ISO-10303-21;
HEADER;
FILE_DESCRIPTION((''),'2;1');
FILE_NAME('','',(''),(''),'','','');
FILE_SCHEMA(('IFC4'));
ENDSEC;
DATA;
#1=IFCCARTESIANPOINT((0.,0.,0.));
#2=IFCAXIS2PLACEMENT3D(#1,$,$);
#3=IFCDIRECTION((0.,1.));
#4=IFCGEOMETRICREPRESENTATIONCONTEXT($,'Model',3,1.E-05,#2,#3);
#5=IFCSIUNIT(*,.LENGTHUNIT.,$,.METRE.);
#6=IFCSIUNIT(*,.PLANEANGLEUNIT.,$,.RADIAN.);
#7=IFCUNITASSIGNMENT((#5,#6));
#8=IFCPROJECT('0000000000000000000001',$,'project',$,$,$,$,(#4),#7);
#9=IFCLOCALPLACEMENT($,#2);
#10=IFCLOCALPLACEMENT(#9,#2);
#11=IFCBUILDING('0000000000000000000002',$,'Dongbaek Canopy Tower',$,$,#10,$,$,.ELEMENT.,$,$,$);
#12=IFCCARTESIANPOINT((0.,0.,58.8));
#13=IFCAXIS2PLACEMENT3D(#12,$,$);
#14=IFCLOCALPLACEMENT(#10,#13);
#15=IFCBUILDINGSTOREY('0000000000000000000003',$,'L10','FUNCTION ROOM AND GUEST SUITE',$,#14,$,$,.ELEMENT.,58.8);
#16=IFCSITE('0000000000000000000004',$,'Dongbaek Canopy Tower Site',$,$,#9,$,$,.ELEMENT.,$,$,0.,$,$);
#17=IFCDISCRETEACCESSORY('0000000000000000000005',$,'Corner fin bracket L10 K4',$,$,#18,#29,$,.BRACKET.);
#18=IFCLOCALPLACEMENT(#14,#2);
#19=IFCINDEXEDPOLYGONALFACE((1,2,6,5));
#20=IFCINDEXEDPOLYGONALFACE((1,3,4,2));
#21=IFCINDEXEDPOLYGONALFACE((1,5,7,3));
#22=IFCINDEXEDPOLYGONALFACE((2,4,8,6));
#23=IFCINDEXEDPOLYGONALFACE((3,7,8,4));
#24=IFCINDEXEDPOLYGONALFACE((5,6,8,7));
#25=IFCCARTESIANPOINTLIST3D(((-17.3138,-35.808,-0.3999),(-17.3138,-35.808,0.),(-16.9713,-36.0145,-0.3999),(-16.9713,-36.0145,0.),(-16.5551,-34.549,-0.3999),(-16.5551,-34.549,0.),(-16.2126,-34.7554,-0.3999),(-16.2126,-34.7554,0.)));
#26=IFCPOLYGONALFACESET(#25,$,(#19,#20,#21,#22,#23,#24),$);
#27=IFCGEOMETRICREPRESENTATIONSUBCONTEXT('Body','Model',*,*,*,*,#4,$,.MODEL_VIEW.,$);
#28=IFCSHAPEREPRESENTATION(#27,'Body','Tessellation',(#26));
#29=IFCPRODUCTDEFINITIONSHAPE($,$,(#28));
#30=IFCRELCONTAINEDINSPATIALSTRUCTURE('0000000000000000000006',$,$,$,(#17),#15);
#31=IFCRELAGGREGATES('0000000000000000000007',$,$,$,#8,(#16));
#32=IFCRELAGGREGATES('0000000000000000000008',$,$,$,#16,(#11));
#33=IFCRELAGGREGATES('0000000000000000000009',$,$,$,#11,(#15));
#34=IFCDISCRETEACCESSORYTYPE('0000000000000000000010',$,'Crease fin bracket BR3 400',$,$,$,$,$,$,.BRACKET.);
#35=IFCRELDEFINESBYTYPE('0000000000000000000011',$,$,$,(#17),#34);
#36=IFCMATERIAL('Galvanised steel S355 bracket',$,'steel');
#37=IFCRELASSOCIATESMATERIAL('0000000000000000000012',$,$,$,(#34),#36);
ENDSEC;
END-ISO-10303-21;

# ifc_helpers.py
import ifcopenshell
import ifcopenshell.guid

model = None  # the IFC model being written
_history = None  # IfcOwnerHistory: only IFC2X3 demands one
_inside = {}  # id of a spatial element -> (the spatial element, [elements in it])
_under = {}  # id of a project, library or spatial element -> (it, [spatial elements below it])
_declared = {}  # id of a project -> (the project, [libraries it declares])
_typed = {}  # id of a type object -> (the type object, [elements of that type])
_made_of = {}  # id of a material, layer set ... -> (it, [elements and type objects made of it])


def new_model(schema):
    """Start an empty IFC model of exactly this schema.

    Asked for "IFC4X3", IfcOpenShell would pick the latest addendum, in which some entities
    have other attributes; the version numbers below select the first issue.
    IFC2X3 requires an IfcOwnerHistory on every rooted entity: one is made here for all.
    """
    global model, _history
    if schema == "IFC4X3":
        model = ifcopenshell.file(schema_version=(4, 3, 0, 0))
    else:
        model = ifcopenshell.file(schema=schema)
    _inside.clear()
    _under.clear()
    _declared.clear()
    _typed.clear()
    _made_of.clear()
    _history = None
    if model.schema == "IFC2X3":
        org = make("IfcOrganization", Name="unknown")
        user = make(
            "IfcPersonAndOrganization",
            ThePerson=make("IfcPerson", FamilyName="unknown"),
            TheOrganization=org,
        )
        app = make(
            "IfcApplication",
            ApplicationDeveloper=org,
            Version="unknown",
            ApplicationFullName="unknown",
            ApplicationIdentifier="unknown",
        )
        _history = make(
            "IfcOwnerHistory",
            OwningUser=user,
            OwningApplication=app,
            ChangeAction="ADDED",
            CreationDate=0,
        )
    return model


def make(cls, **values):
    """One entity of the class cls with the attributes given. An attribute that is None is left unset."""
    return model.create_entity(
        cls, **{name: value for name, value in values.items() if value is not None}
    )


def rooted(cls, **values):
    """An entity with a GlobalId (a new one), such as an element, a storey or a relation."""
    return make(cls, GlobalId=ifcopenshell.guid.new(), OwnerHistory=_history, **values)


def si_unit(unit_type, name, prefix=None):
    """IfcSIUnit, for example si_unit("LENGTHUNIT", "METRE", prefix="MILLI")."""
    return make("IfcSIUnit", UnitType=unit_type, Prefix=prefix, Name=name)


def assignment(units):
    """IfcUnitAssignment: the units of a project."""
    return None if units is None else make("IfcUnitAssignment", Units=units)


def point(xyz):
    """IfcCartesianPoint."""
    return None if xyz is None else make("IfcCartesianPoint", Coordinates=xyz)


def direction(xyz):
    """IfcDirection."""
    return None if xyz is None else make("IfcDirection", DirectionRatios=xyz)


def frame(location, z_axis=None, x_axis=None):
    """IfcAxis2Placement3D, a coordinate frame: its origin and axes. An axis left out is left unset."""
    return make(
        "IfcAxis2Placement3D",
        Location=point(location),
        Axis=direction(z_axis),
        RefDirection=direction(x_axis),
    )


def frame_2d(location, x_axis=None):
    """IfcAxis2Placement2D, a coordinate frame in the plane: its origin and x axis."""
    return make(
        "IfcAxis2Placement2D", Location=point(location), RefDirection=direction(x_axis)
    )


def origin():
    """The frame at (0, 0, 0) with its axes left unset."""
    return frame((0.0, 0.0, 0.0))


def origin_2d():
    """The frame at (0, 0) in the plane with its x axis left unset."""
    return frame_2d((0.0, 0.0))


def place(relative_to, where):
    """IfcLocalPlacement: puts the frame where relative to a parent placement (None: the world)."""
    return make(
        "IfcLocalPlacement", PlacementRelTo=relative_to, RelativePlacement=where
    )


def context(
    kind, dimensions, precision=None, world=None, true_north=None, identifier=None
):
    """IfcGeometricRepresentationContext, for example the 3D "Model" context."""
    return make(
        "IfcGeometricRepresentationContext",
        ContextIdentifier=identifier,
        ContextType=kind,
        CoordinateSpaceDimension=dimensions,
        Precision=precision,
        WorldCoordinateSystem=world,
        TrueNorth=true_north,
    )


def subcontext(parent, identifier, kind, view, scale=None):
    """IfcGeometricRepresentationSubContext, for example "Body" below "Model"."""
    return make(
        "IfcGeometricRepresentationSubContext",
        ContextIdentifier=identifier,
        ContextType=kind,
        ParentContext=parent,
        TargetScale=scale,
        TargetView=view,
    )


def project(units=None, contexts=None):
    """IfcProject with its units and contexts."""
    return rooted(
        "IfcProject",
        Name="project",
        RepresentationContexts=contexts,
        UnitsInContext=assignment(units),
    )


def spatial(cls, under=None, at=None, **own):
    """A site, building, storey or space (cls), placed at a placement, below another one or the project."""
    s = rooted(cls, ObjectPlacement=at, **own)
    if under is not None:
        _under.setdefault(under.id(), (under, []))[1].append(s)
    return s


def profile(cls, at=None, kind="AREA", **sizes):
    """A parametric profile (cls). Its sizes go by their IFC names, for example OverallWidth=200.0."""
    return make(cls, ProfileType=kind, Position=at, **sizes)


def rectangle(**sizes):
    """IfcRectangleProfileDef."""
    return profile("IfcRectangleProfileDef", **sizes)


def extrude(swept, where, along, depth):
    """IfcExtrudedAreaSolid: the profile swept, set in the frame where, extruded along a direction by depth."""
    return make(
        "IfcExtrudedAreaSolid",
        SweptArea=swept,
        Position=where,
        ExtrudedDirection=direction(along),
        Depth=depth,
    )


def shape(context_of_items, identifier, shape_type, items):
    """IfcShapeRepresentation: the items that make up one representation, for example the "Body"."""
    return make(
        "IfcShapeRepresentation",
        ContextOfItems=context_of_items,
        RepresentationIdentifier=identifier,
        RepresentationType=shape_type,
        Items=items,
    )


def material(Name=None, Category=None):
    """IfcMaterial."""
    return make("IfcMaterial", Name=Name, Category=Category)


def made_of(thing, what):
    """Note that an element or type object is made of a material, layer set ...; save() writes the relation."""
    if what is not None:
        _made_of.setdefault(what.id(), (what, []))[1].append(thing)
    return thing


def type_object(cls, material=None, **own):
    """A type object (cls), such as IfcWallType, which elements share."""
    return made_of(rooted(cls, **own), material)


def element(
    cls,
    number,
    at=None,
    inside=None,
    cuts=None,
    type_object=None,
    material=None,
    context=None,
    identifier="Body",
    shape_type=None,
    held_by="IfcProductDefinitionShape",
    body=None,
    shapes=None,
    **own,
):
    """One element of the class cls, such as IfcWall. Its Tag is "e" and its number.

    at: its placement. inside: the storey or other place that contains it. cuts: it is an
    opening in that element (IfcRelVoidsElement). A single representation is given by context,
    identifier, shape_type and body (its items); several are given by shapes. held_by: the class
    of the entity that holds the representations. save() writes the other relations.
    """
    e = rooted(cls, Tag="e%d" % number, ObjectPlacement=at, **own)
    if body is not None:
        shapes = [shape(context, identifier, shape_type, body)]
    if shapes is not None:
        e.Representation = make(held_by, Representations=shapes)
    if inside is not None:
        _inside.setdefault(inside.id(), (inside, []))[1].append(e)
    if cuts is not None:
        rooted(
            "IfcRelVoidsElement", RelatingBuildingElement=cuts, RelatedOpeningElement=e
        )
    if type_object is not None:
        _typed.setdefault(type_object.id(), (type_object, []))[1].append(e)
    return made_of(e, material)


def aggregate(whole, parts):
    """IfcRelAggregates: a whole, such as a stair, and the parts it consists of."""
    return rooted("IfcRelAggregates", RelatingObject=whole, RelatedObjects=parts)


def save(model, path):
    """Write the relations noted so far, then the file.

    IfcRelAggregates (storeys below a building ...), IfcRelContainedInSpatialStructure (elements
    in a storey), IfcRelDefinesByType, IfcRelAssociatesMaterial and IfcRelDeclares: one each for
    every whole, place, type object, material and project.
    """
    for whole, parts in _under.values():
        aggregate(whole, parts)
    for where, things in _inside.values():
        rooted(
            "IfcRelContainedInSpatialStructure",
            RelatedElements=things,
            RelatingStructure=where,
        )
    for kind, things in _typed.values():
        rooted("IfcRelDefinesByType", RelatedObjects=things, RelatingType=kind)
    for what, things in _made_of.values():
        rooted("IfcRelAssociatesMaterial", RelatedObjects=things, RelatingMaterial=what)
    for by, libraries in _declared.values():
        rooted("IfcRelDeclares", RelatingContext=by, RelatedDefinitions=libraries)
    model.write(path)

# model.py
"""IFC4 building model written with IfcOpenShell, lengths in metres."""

from ifc_helpers import new_model, si_unit, direction, frame, origin, origin_2d, place, context, subcontext, project, spatial, rectangle, extrude, material, type_object, element, save


model = new_model("IFC4")

# Units and contexts
model_context = context("Model", 3, precision=1e-05, world=origin(), true_north=direction((0.0, 1.0)))
body_context = subcontext(model_context, "Body", "Model", "MODEL_VIEW")
ifc_project = project(units=[si_unit("LENGTHUNIT", "METRE"), si_unit("PLANEANGLEUNIT", "RADIAN")], contexts=[model_context])

# Site, building, storey
site_placement = place(None, origin())
site = spatial("IfcSite", under=ifc_project, at=site_placement, Name="Dongbaek Canopy Tower Site", CompositionType="ELEMENT", RefElevation=0.0)
building_placement = place(site_placement, origin())
building = spatial("IfcBuilding", under=site, at=building_placement, Name="Dongbaek Canopy Tower", CompositionType="ELEMENT")
storey_placement = place(building_placement, frame((0.0, 0.0, 58.8)))
storey = spatial("IfcBuildingStorey", under=building, at=storey_placement, Name="L10", Description="FUNCTION ROOM AND GUEST SUITE", CompositionType="ELEMENT", Elevation=58.8)

# Discrete accessory
ifc_material_1 = material(Name="Galvanised steel S355 bracket", Category="steel")
discrete_accessory_type = type_object("IfcDiscreteAccessoryType", Name="Crease fin bracket BR3 400", PredefinedType="BRACKET", material=ifc_material_1)
discrete_accessory_placement = place(storey_placement, frame((-16.7632, -35.2817, -0.3999), z_axis=(0.0, 0.0, 1.0), x_axis=(-0.51617, -0.856486, 0.0)))
element("IfcDiscreteAccessory", 1, at=discrete_accessory_placement, inside=storey, type_object=discrete_accessory_type, Name="Corner fin bracket L10 K4", PredefinedType="BRACKET", context=body_context, shape_type="SweptSolid", body=[
    extrude(rectangle(XDim=1.47, YDim=0.3999, at=origin_2d()), origin(), (0.0, 0.0, 1.0), 0.3999),
])

save(model, "model.ifc")
